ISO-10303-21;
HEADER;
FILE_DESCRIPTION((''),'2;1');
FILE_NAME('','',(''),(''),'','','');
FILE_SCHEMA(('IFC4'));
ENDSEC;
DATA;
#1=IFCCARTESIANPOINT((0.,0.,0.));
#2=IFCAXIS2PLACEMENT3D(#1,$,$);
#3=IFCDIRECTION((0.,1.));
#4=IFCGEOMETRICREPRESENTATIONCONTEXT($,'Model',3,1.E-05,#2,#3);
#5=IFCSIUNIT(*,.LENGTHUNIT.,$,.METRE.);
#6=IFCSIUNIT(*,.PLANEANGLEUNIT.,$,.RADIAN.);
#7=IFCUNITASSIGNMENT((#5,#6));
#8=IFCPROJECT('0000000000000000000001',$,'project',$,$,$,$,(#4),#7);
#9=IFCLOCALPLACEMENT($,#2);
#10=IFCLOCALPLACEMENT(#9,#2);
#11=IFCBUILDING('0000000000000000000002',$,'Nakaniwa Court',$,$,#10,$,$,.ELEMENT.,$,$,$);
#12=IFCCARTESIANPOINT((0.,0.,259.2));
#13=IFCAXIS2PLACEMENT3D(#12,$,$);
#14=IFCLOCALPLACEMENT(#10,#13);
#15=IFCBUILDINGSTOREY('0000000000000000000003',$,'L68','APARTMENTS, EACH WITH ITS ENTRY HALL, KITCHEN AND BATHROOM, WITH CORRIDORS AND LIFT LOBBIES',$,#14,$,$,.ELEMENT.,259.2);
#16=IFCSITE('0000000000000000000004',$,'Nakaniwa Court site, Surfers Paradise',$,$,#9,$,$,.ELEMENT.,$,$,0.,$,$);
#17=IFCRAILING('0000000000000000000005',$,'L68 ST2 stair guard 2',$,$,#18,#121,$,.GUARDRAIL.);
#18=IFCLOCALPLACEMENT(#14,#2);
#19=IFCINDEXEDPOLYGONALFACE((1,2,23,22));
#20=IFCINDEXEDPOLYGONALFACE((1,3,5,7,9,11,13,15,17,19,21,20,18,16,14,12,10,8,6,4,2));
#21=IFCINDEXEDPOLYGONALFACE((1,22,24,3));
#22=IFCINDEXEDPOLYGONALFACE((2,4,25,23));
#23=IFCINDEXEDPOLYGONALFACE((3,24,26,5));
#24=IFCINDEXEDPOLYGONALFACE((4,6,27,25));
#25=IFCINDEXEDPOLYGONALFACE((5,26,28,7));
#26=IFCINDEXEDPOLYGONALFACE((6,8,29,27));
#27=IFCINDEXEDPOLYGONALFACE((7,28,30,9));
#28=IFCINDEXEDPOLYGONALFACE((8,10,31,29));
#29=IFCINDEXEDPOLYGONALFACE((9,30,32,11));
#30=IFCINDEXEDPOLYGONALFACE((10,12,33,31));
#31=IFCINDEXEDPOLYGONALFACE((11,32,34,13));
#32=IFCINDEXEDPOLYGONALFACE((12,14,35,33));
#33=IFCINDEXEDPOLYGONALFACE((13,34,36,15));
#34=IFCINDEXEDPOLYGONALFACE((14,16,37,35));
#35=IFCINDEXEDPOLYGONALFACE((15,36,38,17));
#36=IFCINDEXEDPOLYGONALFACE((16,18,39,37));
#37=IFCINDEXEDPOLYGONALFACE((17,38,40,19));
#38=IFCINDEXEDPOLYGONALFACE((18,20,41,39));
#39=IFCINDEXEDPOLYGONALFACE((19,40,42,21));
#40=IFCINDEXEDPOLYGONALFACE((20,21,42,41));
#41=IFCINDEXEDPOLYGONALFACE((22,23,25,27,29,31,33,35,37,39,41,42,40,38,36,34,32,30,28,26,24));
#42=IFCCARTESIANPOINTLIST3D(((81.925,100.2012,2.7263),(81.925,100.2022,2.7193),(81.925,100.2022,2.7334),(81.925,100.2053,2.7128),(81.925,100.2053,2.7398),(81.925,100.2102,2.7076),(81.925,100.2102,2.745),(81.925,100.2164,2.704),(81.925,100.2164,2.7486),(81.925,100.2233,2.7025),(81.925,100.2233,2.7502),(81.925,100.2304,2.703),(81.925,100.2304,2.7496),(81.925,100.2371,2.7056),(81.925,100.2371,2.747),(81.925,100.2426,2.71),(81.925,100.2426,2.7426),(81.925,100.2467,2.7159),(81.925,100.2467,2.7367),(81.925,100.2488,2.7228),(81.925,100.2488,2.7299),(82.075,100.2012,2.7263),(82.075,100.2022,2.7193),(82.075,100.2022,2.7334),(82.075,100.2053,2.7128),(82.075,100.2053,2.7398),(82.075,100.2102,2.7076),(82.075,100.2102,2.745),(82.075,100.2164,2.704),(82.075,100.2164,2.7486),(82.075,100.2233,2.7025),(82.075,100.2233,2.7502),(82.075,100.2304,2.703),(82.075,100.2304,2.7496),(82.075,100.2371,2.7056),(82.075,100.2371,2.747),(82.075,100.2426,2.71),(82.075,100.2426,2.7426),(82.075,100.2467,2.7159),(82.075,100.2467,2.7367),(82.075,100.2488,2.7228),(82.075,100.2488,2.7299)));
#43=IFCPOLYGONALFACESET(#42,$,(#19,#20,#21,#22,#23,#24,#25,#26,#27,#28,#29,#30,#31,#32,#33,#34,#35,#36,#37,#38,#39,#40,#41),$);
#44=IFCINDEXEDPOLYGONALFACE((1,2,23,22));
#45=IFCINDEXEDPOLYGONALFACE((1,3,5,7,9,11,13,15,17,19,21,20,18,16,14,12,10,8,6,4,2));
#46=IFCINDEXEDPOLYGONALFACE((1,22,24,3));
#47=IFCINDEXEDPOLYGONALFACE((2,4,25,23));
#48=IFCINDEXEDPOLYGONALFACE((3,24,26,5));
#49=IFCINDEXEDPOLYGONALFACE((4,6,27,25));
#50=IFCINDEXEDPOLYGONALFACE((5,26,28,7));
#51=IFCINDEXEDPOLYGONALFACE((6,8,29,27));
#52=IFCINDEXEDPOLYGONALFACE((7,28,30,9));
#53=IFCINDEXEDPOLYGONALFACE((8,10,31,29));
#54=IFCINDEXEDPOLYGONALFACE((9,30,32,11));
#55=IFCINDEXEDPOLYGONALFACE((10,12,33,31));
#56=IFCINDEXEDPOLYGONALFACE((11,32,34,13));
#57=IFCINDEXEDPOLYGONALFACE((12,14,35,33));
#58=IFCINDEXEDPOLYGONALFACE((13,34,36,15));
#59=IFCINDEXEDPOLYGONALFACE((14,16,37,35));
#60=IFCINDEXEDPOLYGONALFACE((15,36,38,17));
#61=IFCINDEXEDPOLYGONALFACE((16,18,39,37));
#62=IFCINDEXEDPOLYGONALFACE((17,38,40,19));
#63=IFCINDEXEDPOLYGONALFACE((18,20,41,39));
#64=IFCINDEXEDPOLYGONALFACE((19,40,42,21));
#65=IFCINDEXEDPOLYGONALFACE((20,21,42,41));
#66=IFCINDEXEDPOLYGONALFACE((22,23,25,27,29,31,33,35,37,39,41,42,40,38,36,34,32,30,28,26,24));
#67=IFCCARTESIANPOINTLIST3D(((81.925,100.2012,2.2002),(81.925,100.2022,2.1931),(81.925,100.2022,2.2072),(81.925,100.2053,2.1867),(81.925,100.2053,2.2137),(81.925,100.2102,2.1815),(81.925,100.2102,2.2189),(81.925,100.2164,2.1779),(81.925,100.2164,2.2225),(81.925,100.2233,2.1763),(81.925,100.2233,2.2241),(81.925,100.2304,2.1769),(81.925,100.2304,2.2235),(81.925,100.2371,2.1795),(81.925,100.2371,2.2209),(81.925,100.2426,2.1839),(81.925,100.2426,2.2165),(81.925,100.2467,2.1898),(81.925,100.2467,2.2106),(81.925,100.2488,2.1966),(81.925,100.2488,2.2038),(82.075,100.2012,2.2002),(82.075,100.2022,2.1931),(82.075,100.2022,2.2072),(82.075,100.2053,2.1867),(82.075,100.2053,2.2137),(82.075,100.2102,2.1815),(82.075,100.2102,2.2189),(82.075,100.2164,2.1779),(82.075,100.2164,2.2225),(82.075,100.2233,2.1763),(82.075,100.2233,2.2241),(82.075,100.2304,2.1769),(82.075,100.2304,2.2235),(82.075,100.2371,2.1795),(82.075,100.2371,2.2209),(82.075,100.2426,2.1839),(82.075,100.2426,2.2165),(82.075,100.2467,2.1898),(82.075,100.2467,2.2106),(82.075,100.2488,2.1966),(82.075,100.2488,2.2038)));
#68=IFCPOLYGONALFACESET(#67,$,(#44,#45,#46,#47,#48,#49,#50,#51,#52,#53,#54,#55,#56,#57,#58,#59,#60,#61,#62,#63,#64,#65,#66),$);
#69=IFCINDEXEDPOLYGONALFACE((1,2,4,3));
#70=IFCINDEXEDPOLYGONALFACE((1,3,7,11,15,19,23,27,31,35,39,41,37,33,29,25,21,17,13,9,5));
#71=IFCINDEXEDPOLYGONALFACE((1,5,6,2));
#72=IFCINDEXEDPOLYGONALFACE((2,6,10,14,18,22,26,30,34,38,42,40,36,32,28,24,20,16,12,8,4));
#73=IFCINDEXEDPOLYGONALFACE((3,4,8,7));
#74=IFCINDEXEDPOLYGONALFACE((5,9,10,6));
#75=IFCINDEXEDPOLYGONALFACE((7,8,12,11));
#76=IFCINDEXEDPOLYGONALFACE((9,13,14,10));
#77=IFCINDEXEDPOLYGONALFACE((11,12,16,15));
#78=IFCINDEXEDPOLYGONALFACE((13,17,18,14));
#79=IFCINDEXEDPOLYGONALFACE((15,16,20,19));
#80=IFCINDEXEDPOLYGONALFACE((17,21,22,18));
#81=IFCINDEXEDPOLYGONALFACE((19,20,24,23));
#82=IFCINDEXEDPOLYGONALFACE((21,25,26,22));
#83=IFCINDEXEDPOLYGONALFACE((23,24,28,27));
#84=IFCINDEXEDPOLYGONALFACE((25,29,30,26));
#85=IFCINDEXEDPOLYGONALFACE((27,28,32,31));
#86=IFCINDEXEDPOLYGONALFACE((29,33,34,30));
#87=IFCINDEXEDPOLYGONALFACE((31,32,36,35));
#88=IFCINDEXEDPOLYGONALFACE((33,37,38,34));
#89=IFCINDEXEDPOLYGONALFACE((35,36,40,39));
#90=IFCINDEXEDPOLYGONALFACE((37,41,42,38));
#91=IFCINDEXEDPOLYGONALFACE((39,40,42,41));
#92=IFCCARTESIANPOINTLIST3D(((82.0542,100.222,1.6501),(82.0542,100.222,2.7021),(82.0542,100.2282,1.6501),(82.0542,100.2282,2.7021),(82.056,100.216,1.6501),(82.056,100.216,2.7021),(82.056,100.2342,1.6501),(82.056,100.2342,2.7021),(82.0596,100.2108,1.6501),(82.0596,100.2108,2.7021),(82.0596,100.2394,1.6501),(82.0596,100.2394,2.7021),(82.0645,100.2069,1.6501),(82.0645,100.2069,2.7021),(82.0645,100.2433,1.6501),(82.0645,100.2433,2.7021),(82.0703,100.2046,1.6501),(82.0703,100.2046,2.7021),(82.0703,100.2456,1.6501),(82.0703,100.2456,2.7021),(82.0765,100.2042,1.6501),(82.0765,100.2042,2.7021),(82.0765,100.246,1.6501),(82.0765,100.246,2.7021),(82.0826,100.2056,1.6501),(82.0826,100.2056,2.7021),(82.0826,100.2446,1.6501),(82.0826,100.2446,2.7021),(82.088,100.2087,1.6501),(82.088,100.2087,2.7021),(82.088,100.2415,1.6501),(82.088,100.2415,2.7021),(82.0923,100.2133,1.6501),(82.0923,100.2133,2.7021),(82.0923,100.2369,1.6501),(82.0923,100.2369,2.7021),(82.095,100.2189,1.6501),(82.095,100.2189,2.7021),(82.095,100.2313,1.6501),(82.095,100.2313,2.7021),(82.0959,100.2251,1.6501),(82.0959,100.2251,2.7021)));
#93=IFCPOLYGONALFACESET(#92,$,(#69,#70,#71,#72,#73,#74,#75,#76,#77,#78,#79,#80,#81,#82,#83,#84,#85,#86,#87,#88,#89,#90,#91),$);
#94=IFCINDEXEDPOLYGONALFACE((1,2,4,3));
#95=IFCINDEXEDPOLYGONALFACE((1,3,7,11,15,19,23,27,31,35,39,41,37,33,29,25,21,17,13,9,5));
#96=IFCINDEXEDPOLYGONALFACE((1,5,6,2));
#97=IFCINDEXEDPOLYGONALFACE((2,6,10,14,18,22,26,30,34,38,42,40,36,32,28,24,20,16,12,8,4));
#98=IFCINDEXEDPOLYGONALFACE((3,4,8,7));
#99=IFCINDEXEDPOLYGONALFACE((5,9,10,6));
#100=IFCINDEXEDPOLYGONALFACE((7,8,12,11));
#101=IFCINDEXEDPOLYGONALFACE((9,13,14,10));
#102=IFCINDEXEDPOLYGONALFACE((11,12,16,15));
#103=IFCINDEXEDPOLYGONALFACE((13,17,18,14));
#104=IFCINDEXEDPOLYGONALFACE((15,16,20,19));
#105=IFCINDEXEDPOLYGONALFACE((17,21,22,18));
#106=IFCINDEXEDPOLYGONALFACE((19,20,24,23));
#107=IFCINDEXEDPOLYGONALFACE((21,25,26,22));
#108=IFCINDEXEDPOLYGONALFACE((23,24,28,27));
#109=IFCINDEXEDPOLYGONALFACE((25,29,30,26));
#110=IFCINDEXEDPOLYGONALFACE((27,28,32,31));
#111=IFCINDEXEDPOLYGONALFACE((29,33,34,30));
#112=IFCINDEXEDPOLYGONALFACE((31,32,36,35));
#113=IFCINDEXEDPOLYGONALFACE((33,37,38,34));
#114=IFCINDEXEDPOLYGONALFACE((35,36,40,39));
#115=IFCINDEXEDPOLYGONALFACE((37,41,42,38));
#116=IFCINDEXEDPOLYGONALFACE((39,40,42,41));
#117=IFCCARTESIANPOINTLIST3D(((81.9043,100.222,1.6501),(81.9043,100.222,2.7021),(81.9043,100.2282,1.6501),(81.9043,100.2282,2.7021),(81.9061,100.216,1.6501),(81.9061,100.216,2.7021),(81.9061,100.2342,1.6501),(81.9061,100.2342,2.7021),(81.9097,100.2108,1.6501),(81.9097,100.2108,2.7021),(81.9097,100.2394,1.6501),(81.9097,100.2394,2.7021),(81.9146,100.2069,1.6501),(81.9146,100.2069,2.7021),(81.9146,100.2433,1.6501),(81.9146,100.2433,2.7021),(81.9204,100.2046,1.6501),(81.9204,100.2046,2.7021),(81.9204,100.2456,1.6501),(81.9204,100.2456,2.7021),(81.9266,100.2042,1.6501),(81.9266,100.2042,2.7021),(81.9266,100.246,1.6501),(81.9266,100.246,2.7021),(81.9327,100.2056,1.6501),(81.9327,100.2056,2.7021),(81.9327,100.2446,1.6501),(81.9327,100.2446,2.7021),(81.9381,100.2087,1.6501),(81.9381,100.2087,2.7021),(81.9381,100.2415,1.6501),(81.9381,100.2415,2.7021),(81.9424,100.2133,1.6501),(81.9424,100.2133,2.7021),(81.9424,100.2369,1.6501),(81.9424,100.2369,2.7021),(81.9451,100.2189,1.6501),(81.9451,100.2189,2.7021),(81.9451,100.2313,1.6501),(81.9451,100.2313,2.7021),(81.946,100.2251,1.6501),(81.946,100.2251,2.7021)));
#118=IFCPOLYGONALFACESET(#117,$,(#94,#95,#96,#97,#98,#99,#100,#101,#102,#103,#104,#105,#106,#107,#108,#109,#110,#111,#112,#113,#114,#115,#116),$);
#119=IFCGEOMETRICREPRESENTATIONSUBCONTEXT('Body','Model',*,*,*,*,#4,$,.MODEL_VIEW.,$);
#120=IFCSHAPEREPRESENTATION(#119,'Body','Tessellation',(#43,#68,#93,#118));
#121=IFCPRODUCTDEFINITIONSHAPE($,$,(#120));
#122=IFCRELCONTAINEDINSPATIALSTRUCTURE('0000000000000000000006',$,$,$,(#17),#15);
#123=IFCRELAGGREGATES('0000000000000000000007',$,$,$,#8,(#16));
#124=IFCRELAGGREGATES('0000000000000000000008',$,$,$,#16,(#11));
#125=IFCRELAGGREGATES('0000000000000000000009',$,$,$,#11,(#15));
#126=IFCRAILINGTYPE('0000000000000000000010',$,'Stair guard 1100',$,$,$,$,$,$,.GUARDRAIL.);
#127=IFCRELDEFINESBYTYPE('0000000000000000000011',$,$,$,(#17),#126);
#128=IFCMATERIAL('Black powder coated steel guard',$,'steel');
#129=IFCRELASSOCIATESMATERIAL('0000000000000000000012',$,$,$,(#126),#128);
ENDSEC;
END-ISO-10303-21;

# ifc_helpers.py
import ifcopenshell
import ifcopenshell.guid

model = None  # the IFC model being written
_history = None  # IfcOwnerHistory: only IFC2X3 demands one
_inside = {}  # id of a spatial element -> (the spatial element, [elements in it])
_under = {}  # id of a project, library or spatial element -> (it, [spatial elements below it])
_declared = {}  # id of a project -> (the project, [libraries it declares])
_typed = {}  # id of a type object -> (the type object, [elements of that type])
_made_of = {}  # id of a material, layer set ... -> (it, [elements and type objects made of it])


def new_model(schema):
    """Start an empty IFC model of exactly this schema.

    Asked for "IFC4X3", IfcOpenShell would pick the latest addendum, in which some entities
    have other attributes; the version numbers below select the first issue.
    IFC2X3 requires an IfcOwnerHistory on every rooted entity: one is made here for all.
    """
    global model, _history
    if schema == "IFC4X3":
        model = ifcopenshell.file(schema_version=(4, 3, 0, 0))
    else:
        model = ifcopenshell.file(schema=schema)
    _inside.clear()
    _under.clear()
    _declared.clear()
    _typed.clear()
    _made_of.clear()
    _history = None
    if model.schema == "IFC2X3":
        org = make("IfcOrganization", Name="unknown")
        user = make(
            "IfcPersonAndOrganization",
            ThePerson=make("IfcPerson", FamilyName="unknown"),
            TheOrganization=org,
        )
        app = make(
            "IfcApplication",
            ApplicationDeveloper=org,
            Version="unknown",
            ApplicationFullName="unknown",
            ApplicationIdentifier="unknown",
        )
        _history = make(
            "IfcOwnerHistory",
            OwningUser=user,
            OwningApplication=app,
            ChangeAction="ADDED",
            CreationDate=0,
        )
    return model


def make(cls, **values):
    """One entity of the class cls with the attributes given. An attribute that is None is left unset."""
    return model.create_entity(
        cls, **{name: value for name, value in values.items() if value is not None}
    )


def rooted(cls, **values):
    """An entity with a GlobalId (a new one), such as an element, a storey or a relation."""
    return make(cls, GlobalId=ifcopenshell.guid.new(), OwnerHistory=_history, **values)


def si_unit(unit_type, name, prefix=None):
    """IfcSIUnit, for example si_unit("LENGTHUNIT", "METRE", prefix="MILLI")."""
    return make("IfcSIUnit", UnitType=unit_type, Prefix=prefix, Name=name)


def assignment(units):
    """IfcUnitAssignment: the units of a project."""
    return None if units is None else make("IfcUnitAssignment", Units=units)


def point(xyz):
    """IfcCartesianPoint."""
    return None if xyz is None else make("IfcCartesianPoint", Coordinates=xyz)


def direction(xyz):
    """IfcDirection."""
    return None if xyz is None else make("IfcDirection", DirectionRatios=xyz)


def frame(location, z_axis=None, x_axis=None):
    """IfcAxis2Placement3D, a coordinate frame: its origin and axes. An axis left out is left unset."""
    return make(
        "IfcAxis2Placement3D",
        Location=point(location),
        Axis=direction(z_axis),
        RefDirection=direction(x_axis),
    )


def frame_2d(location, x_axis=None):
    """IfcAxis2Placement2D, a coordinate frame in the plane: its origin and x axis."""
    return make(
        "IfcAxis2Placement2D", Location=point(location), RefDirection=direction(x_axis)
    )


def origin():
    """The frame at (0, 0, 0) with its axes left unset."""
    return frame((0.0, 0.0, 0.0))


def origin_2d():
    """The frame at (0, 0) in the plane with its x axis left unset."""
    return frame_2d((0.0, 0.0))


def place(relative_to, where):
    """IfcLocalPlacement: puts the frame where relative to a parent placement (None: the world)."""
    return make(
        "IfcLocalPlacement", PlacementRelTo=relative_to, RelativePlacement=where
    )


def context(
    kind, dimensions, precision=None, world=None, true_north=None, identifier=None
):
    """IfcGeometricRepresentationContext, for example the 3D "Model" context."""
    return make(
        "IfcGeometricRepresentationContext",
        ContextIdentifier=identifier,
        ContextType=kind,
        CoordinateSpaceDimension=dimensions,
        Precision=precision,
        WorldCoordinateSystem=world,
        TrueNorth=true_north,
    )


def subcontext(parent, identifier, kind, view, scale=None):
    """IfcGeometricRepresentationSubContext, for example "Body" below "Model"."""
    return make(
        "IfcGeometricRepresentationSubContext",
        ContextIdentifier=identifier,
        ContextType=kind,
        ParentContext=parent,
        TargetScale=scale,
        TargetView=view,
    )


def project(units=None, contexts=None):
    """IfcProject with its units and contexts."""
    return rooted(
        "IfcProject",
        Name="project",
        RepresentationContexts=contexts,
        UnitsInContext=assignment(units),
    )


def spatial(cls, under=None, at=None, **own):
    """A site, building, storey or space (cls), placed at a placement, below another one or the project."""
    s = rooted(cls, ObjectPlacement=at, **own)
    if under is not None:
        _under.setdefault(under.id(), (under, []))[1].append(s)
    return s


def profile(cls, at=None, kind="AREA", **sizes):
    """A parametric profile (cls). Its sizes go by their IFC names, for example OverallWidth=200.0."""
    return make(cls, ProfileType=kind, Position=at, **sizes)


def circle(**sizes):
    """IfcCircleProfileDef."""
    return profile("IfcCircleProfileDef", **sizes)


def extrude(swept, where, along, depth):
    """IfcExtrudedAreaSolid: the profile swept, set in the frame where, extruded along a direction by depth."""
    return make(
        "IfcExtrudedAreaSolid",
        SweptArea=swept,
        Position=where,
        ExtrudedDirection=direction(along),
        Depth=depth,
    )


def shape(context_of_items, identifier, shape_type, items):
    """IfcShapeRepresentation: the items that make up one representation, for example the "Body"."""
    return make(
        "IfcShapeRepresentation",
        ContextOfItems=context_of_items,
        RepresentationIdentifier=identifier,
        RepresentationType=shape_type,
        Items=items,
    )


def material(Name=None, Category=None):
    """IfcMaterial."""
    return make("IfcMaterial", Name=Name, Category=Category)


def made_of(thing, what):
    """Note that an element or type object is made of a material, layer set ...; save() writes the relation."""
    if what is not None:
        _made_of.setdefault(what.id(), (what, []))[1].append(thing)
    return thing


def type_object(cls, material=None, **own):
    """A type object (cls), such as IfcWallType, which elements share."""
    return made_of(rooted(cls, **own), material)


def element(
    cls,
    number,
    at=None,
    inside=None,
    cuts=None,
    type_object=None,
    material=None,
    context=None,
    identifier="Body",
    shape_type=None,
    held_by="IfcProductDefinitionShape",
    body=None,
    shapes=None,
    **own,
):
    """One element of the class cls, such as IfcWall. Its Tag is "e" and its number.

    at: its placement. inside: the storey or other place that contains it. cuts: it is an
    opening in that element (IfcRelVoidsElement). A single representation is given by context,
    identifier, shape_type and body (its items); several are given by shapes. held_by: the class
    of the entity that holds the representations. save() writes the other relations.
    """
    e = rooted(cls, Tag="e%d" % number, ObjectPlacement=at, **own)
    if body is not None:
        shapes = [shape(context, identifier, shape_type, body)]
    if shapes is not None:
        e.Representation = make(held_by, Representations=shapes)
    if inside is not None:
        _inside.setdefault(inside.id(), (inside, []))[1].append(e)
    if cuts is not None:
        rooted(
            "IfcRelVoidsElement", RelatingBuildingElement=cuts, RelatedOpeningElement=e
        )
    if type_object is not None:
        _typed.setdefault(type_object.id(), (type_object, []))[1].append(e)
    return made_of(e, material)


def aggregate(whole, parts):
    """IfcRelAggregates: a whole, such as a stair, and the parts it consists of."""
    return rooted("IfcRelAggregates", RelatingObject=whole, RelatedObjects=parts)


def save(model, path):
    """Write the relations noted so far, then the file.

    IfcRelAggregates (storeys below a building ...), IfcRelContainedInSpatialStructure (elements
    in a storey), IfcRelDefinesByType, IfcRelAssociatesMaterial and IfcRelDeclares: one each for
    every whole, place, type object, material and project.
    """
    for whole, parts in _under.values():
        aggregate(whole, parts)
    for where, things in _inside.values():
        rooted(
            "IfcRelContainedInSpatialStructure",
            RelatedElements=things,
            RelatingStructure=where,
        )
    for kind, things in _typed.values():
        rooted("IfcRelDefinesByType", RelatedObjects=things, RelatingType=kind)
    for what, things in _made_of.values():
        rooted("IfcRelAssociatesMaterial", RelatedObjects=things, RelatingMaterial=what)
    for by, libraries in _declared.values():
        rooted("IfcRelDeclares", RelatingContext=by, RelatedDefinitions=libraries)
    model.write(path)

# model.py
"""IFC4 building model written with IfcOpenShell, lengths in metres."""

from ifc_helpers import new_model, si_unit, direction, frame, origin, origin_2d, place, context, subcontext, project, spatial, circle, extrude, material, type_object, element, save


model = new_model("IFC4")

# Units and contexts
model_context = context("Model", 3, precision=1e-05, world=origin(), true_north=direction((0.0, 1.0)))
body_context = subcontext(model_context, "Body", "Model", "MODEL_VIEW")
ifc_project = project(units=[si_unit("LENGTHUNIT", "METRE"), si_unit("PLANEANGLEUNIT", "RADIAN")], contexts=[model_context])

# Site, building, storey
site_placement = place(None, origin())
site = spatial("IfcSite", under=ifc_project, at=site_placement, Name="Nakaniwa Court site, Surfers Paradise", CompositionType="ELEMENT", RefElevation=0.0)
building_placement = place(site_placement, origin())
building = spatial("IfcBuilding", under=site, at=building_placement, Name="Nakaniwa Court", CompositionType="ELEMENT")
storey_placement = place(building_placement, frame((0.0, 0.0, 259.2)))
storey = spatial("IfcBuildingStorey", under=building, at=storey_placement, Name="L68", Description="APARTMENTS, EACH WITH ITS ENTRY HALL, KITCHEN AND BATHROOM, WITH CORRIDORS AND LIFT LOBBIES", CompositionType="ELEMENT", Elevation=259.2)

# Railing
ifc_material_1 = material(Name="Black powder coated steel guard", Category="steel")
railing_type_1 = type_object("IfcRailingType", Name="Stair guard 1100", PredefinedType="GUARDRAIL", material=ifc_material_1)
railing_1_placement = place(storey_placement, frame((82.075, 100.2251, 1.6501)))
element("IfcRailing", 1, at=railing_1_placement, inside=storey, type_object=railing_type_1, Name="L68 ST2 stair guard 2", PredefinedType="GUARDRAIL", context=body_context, shape_type="SweptSolid", body=[
    extrude(circle(Radius=0.0239, at=origin_2d()), frame((0.0, 0.0, 1.0762), z_axis=(-1.0, 0.0, 0.0), x_axis=(0.0, -1.0, 0.0)), (0.0, 0.0, 1.0), 0.1499),
    extrude(circle(Radius=0.0239, at=origin_2d()), frame((0.0, 0.0, 0.55), z_axis=(-1.0, 0.0, 0.0), x_axis=(0.0, -1.0, 0.0)), (0.0, 0.0, 1.0), 0.1499),
    extrude(circle(Radius=0.021, at=origin_2d()), origin(), (0.0, 0.0, 1.0), 1.052),
    extrude(circle(Radius=0.021, at=origin_2d()), frame((-0.1499, 0.0, 0.0)), (0.0, 0.0, 1.0), 1.052),
])

save(model, "model.ifc")
